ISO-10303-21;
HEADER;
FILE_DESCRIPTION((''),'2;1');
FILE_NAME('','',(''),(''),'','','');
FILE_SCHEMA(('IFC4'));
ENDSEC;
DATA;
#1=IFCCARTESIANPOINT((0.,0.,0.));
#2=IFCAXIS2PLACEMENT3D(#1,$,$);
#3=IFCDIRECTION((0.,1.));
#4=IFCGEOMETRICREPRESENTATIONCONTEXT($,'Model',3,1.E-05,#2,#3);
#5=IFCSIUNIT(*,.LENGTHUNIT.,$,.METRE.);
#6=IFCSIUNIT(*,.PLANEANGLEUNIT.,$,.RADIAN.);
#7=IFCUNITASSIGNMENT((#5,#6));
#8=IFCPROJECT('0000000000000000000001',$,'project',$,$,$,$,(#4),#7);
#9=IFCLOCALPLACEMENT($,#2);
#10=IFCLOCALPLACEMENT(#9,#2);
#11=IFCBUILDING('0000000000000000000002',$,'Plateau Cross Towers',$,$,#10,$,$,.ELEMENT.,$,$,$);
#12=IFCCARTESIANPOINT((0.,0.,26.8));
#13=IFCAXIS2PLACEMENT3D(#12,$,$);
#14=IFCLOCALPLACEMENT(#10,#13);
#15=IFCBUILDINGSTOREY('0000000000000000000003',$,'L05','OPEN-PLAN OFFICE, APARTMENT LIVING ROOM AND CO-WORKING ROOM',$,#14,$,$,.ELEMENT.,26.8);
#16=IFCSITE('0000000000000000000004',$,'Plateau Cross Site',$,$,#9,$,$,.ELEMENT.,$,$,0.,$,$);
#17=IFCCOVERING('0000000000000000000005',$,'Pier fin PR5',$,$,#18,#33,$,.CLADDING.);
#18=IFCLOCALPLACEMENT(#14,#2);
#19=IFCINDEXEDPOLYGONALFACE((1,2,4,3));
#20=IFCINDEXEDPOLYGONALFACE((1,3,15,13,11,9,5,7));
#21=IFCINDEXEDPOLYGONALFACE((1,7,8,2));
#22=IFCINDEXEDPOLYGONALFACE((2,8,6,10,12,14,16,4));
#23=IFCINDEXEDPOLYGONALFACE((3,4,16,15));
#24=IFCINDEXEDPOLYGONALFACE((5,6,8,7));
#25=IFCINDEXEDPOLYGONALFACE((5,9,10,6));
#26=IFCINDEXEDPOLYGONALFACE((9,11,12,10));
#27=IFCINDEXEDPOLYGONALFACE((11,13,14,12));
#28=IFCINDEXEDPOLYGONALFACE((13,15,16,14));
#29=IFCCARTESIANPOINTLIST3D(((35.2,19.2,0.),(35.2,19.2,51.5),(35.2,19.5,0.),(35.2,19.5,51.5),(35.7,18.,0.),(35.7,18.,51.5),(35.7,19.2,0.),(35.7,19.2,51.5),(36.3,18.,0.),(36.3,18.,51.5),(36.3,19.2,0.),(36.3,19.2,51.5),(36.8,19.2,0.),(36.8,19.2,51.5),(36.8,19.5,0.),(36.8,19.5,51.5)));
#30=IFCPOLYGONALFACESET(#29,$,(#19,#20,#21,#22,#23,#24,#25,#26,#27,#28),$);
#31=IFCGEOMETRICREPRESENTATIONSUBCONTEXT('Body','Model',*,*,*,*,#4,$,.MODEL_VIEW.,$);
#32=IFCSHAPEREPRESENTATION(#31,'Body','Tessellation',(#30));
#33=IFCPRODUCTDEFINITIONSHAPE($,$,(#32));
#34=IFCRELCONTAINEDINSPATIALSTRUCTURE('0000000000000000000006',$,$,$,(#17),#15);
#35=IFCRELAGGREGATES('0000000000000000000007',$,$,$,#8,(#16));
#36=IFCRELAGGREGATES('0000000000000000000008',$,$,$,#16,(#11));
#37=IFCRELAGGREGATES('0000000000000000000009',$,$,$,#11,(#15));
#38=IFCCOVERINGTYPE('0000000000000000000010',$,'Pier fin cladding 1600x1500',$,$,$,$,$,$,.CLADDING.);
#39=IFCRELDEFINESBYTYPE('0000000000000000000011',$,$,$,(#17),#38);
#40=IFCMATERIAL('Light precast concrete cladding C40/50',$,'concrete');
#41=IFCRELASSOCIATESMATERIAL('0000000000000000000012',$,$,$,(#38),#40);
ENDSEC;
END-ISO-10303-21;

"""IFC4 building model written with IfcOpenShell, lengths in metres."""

from ifc_helpers import new_model, si_unit, direction, frame, origin, place, context, subcontext, project, spatial, polyline, outline, extrude, material, type_object, element, save


model = new_model("IFC4")

# Units and contexts
model_context = context("Model", 3, precision=1e-05, world=origin(), true_north=direction((0.0, 1.0)))
body_context = subcontext(model_context, "Body", "Model", "MODEL_VIEW")
ifc_project = project(units=[si_unit("LENGTHUNIT", "METRE"), si_unit("PLANEANGLEUNIT", "RADIAN")], contexts=[model_context])

# Site, building, storey
site_placement = place(None, origin())
site = spatial("IfcSite", under=ifc_project, at=site_placement, Name="Plateau Cross Site", CompositionType="ELEMENT", RefElevation=0.0)
building_placement = place(site_placement, origin())
building = spatial("IfcBuilding", under=site, at=building_placement, Name="Plateau Cross Towers", CompositionType="ELEMENT")
storey_placement = place(building_placement, frame((0.0, 0.0, 26.8)))
storey = spatial("IfcBuildingStorey", under=building, at=storey_placement, Name="L05", Description="OPEN-PLAN OFFICE, APARTMENT LIVING ROOM AND CO-WORKING ROOM", CompositionType="ELEMENT", Elevation=26.8)

# Shared definitions
ifc_material_1 = material(Name="Light precast concrete cladding C40/50", Category="concrete")

# Covering
covering_type_1 = type_object("IfcCoveringType", Name="Pier fin cladding 1600x1500", PredefinedType="CLADDING", material=ifc_material_1)
covering_1_placement = place(storey_placement, origin())
element("IfcCovering", 1, at=covering_1_placement, inside=storey, type_object=covering_type_1, Name="Pier fin PR5", PredefinedType="CLADDING", context=body_context, shape_type="SweptSolid", body=[
    extrude(outline(polyline([(35.7, 18.0), (36.3, 18.0), (36.3, 19.2), (36.8, 19.2), (36.8, 19.5), (35.2, 19.5), (35.2, 19.2), (35.7, 19.2), (35.7, 18.0)])), origin(), (0.0, 0.0, 1.0), 51.5),
])

save(model, "model.ifc")
